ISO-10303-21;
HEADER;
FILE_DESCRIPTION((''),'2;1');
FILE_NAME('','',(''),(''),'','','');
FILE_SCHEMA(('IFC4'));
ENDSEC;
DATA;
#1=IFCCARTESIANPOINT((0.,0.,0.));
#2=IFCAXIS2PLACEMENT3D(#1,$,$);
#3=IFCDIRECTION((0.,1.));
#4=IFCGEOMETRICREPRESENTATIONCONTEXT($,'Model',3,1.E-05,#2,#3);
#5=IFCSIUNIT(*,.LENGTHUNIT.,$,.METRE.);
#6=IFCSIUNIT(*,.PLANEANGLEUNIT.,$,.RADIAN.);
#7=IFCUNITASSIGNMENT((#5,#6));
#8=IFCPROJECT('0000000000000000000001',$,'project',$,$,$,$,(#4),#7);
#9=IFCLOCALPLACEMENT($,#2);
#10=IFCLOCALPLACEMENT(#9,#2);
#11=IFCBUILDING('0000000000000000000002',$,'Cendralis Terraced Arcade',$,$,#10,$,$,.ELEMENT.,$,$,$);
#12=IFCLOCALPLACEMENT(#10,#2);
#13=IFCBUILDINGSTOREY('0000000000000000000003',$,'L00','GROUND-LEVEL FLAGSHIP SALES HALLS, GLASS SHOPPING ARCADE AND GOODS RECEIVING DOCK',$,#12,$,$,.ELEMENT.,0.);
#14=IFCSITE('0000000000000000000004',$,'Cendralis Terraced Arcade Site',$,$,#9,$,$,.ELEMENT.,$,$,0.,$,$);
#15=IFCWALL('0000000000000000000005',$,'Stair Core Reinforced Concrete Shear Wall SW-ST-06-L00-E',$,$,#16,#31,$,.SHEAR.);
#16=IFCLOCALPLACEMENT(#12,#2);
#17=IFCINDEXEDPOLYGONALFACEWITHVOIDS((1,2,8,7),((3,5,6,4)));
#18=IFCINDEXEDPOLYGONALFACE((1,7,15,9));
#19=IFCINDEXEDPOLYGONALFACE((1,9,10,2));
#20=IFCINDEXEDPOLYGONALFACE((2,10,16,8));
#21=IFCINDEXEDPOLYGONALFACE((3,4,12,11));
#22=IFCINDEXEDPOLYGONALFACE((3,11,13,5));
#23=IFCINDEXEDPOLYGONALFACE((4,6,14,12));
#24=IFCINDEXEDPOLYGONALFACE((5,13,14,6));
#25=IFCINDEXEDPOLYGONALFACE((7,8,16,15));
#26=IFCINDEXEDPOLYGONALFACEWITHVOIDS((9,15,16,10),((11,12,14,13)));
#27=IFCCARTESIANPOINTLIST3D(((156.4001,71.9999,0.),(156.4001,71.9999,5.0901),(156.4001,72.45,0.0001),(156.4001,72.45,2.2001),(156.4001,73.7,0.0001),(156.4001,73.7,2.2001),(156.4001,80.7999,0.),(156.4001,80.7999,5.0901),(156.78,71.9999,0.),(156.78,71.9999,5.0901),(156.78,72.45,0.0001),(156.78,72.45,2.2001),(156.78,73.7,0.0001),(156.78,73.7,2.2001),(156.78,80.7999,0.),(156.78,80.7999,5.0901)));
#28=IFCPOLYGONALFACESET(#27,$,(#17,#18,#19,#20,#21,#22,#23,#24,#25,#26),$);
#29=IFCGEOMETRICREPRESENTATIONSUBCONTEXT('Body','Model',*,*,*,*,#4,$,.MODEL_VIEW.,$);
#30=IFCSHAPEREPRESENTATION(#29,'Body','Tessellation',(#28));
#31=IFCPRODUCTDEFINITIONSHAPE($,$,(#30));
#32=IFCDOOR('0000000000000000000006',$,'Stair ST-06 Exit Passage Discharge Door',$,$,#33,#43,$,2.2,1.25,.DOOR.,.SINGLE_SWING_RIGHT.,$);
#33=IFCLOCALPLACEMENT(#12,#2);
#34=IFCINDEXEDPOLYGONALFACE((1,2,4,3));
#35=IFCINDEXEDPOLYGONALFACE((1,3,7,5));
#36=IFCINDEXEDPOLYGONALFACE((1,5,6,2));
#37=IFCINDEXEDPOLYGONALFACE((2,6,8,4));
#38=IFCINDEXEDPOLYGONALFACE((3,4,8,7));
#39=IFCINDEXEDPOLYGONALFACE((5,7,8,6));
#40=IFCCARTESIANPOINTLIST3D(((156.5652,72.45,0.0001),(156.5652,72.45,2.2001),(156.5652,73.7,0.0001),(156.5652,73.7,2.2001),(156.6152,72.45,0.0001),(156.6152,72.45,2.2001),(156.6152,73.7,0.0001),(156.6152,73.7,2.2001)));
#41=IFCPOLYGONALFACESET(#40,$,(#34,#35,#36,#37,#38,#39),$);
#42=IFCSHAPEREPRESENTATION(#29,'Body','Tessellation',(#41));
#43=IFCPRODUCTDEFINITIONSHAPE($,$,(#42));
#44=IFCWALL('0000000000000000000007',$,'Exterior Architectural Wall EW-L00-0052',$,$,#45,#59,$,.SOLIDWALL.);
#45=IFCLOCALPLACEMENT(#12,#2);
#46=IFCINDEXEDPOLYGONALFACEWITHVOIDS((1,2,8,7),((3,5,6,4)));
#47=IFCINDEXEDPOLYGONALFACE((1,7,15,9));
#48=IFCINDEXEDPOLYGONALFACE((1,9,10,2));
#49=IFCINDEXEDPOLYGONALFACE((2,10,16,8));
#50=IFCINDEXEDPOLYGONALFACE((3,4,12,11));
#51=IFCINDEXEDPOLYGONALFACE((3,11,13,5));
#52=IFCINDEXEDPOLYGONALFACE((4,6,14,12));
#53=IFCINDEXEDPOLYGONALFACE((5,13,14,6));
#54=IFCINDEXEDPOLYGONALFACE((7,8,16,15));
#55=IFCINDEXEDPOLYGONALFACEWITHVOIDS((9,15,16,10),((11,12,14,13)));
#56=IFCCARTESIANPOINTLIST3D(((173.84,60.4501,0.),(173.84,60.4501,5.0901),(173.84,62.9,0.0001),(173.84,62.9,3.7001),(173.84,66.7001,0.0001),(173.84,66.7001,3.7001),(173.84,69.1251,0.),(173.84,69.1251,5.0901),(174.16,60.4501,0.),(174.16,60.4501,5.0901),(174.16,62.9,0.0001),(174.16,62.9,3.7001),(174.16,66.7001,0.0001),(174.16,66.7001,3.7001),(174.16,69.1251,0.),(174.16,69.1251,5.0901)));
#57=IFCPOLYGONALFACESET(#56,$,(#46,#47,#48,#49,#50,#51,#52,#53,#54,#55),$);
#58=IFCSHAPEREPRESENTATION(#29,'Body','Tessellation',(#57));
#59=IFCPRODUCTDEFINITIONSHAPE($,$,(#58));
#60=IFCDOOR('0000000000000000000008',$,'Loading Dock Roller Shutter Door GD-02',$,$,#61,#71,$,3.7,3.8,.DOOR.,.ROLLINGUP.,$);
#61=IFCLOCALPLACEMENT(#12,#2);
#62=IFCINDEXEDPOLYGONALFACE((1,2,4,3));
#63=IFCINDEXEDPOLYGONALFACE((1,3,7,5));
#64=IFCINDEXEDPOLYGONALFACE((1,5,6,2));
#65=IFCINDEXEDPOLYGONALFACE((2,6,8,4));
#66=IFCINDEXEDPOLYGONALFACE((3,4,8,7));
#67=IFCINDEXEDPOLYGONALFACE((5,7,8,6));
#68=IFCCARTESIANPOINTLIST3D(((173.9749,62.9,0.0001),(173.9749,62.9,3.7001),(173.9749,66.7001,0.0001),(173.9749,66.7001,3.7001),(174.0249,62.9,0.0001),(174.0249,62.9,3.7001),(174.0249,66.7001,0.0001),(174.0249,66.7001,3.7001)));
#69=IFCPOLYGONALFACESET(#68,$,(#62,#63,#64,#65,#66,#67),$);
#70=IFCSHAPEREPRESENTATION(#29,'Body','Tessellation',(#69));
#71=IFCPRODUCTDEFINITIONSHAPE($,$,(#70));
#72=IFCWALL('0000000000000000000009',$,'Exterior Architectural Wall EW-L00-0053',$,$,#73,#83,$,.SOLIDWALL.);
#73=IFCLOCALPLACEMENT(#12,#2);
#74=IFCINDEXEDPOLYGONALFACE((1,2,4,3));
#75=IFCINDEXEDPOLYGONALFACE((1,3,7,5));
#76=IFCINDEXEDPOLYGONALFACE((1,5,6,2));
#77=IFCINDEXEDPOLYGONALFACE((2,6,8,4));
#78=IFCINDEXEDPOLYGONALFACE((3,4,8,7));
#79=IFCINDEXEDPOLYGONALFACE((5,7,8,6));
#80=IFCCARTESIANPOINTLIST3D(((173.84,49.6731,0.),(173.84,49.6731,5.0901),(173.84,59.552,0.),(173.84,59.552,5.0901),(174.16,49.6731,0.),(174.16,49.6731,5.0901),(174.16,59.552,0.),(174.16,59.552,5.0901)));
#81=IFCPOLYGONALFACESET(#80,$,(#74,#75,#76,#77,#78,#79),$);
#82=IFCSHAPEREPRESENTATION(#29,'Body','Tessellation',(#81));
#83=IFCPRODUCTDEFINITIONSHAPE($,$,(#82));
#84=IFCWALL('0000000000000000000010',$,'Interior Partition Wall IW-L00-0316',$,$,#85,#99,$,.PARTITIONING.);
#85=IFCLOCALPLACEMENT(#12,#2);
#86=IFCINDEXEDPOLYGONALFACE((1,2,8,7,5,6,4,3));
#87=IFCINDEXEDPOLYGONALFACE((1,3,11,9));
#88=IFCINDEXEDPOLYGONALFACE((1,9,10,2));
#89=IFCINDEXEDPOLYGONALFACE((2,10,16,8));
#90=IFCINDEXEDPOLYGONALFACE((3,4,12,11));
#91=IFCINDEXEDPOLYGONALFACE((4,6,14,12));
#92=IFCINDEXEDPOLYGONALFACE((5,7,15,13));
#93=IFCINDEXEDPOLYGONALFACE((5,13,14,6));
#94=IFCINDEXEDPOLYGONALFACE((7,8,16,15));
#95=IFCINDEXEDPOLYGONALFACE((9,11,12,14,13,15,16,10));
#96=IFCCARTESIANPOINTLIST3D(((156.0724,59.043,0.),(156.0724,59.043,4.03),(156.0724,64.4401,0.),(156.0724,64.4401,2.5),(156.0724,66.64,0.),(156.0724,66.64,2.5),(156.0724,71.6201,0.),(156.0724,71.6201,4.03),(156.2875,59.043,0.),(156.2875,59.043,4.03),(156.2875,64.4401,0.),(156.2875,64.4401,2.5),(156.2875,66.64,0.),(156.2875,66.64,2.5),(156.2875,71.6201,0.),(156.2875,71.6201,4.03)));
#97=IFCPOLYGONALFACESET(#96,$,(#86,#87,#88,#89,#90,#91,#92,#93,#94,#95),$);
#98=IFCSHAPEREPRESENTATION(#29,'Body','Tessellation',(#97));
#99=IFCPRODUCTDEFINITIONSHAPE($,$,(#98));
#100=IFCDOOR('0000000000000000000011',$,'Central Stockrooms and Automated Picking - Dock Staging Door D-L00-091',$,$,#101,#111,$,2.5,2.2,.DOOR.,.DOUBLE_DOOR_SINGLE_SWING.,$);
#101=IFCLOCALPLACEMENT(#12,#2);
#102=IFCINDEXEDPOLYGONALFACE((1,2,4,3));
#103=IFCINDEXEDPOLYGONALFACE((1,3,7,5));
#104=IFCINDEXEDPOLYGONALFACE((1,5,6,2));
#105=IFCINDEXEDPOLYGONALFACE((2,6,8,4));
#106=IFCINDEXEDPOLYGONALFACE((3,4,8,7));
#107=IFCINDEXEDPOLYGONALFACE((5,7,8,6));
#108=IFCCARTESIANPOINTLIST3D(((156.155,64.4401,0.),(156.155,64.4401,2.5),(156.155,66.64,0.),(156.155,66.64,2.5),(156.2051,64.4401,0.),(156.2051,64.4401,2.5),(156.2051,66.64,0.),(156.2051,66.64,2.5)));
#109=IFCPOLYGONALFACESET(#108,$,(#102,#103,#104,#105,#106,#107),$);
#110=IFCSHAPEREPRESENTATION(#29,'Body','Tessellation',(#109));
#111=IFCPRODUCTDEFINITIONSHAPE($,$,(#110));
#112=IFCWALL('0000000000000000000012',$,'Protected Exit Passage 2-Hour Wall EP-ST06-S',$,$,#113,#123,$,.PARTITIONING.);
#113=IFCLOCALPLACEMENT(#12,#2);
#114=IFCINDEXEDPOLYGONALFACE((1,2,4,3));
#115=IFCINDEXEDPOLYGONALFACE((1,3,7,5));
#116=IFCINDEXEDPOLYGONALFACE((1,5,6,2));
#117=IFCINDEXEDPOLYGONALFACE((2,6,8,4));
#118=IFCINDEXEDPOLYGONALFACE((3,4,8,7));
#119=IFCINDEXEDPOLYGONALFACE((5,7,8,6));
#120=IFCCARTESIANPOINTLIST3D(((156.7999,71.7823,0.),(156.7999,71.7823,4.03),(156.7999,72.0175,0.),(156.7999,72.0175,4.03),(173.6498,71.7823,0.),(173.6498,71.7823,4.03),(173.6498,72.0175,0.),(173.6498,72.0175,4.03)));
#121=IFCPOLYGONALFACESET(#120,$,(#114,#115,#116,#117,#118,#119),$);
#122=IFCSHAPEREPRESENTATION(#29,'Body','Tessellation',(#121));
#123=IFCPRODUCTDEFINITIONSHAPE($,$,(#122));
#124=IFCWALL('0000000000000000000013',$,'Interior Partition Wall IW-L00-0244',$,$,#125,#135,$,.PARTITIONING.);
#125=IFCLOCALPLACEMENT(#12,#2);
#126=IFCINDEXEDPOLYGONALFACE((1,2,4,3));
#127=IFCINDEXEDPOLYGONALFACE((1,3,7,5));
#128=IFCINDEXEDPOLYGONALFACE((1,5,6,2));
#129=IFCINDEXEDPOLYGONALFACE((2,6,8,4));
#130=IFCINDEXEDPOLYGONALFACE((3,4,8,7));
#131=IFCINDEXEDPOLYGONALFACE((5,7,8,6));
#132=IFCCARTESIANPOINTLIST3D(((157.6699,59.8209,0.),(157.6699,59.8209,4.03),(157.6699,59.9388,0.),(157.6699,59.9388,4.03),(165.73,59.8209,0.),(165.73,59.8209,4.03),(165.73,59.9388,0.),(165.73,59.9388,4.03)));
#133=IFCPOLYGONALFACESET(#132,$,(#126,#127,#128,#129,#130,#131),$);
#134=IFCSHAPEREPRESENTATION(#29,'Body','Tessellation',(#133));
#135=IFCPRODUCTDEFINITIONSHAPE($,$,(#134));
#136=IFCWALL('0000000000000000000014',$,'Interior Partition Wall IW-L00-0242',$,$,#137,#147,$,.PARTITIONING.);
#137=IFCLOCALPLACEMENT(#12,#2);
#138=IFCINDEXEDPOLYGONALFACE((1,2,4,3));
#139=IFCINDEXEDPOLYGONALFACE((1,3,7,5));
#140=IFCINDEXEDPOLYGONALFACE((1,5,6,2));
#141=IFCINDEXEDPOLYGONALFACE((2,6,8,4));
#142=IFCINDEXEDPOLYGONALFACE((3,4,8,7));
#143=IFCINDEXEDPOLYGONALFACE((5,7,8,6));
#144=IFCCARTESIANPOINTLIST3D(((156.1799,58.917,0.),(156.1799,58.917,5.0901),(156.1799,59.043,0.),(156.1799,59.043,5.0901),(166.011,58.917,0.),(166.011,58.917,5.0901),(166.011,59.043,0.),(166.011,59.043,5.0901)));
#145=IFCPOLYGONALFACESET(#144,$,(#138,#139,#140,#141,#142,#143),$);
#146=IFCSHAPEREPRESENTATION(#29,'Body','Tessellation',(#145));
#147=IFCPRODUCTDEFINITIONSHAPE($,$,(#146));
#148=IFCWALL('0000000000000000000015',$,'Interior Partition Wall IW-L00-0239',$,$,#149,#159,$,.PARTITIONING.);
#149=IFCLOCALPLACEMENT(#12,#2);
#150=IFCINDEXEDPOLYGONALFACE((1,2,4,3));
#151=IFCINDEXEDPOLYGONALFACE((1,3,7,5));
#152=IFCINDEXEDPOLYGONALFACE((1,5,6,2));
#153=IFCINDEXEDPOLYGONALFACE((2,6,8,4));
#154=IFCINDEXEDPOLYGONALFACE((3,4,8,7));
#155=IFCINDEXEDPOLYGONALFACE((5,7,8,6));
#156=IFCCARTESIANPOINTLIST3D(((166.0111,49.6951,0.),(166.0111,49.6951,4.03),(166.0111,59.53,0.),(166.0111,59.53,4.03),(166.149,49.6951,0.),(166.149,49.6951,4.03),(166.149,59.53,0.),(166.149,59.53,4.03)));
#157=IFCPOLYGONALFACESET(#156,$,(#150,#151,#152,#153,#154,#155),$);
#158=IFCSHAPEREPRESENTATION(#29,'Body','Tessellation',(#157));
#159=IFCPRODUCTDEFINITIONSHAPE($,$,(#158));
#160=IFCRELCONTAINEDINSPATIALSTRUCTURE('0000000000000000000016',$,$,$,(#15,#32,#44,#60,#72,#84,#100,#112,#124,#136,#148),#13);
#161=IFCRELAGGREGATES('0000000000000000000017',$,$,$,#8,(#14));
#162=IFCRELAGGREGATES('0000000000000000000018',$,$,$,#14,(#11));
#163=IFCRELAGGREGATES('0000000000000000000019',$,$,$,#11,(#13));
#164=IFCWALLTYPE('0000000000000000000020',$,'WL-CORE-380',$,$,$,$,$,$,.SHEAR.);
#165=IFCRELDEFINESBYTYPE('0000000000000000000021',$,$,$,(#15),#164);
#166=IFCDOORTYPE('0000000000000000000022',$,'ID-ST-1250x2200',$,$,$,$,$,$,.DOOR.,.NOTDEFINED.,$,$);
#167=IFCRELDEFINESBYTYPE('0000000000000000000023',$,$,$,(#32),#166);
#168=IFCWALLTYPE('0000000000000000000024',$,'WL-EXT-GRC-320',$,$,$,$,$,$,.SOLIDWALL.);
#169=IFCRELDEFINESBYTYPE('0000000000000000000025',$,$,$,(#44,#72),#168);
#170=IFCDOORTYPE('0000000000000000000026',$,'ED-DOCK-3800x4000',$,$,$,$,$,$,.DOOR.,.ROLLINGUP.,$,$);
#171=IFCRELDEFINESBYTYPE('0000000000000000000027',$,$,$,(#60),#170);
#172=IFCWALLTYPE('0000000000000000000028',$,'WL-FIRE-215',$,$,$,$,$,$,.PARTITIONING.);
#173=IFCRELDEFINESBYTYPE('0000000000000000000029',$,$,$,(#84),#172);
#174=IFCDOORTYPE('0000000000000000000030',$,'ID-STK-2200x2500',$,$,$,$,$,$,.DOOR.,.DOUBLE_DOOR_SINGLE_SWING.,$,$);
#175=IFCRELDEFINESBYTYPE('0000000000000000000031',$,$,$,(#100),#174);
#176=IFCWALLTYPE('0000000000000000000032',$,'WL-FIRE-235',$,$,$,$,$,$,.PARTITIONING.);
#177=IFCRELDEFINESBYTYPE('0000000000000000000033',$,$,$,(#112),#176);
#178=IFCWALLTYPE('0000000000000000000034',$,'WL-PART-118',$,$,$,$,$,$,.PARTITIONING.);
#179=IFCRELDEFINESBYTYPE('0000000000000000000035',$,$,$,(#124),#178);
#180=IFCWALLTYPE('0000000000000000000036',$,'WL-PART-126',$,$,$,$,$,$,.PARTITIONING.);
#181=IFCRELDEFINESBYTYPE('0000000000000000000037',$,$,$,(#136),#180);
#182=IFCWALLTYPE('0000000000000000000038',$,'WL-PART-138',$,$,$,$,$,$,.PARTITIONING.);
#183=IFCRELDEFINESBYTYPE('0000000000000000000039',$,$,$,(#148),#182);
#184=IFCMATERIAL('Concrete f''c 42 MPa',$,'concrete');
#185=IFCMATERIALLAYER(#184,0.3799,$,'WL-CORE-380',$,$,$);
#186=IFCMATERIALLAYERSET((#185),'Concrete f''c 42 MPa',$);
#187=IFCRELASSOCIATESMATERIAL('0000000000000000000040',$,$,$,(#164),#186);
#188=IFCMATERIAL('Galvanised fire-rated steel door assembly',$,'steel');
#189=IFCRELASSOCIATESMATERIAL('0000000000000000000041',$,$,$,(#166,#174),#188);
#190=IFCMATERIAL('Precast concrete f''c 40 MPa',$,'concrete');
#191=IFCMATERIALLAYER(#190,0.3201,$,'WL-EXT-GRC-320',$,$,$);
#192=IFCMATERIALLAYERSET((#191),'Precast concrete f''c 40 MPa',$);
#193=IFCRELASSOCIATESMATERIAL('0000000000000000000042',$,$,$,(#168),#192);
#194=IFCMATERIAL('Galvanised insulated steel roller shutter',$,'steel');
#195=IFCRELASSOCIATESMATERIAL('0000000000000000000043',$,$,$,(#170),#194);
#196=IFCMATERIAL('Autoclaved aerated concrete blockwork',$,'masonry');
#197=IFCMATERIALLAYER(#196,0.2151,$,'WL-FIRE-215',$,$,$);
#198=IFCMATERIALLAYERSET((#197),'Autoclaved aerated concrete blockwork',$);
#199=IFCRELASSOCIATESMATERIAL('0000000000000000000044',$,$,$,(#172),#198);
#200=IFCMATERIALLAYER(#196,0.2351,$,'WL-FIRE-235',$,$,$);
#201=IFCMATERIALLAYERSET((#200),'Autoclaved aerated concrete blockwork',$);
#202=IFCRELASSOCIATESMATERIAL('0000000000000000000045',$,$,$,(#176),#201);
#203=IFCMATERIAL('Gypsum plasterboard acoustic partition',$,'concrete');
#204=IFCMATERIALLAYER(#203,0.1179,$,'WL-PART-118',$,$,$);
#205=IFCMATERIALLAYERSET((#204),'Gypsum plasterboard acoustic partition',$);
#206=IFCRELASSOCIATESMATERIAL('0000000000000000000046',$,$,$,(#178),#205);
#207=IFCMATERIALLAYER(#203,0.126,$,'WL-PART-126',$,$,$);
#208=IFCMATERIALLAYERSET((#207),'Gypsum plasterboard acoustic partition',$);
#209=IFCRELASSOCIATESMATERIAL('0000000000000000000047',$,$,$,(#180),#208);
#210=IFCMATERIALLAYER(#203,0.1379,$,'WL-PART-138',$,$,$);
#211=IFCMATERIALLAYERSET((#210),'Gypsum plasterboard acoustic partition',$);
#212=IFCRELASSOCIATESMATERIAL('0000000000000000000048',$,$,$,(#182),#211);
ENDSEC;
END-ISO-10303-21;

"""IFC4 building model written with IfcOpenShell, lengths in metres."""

from ifc_helpers import new_model, si_unit, direction, frame, frame_2d, origin, place, context, subcontext, project, spatial, rectangle, extrude, material, layer, layer_set, type_object, element, fill, save


model = new_model("IFC4")

# Units and contexts
model_context = context("Model", 3, precision=1e-05, world=origin(), true_north=direction((0.0, 1.0)))
body_context = subcontext(model_context, "Body", "Model", "MODEL_VIEW")
ifc_project = project(units=[si_unit("LENGTHUNIT", "METRE"), si_unit("PLANEANGLEUNIT", "RADIAN")], contexts=[model_context])

# Site, building, storey
site_placement = place(None, origin())
site = spatial("IfcSite", under=ifc_project, at=site_placement, Name="Cendralis Terraced Arcade Site", CompositionType="ELEMENT", RefElevation=0.0)
building_placement = place(site_placement, origin())
building = spatial("IfcBuilding", under=site, at=building_placement, Name="Cendralis Terraced Arcade", CompositionType="ELEMENT")
storey_placement = place(building_placement, origin())
storey = spatial("IfcBuildingStorey", under=building, at=storey_placement, Name="L00", Description="GROUND-LEVEL FLAGSHIP SALES HALLS, GLASS SHOPPING ARCADE AND GOODS RECEIVING DOCK", CompositionType="ELEMENT", Elevation=0.0)

# Shared definitions
ifc_material_1 = material(Name="Concrete f'c 42 MPa", Category="concrete")

# Walls, openings, doors
ifc_layer_1 = layer(ifc_material_1, 0.3799, Name="WL-CORE-380")
ifc_layer_set_1 = layer_set([ifc_layer_1], Name="Concrete f'c 42 MPa")
wall_type_1 = type_object("IfcWallType", Name="WL-CORE-380", PredefinedType="SHEAR", material=ifc_layer_set_1)
wall_1_placement = place(storey_placement, frame((156.5901, 72.0, 0.0), z_axis=(0.0, 0.0, 1.0), x_axis=(0.0, 1.0, 0.0)))
wall_1 = element("IfcWall", 1, at=wall_1_placement, inside=storey, type_object=wall_type_1, Name="Stair Core Reinforced Concrete Shear Wall SW-ST-06-L00-E", PredefinedType="SHEAR", context=body_context, shape_type="SweptSolid", body=[
    extrude(rectangle(XDim=8.8, YDim=0.3799, at=frame_2d((4.3999, 0.0))), origin(), (0.0, 0.0, 1.0), 5.0901),
])
opening_1_placement = place(wall_1_placement, frame((0.45, 0.0, 0.0)))
opening_1 = element("IfcOpeningElement", 2, at=opening_1_placement, cuts=wall_1, PredefinedType="OPENING", context=body_context, shape_type="SweptSolid", body=[
    extrude(rectangle(XDim=1.25, YDim=2.2, at=frame_2d((0.625, 1.1001))), frame((0.0, 0.2019, 0.0), z_axis=(0.0, -1.0, 0.0), x_axis=(1.0, 0.0, 0.0)), (0.0, 0.0, 1.0), 0.4038),
])
ifc_material_2 = material(Name="Galvanised fire-rated steel door assembly", Category="steel")
door_type_1 = type_object("IfcDoorType", Name="ID-ST-1250x2200", OperationType="NOTDEFINED", PredefinedType="DOOR", material=ifc_material_2)
door_1_placement = place(opening_1_placement, origin())
door_1 = element("IfcDoor", 3, at=door_1_placement, inside=storey, type_object=door_type_1, Name="Stair ST-06 Exit Passage Discharge Door", OperationType="SINGLE_SWING_RIGHT", OverallHeight=2.2, OverallWidth=1.25, PredefinedType="DOOR", context=body_context, shape_type="SweptSolid", body=[
    extrude(rectangle(XDim=1.25, YDim=2.2, at=frame_2d((0.625, 1.1001))), frame((0.0, 0.0249, 0.0), z_axis=(0.0, -1.0, 0.0), x_axis=(1.0, 0.0, 0.0)), (0.0, 0.0, 1.0), 0.05),
])
fill(opening_1, door_1)
ifc_material_3 = material(Name="Precast concrete f'c 40 MPa", Category="concrete")
ifc_layer_2 = layer(ifc_material_3, 0.3201, Name="WL-EXT-GRC-320")
ifc_layer_set_2 = layer_set([ifc_layer_2], Name="Precast concrete f'c 40 MPa")
wall_type_2 = type_object("IfcWallType", Name="WL-EXT-GRC-320", PredefinedType="SOLIDWALL", material=ifc_layer_set_2)
wall_2_placement = place(storey_placement, frame((174.0, 69.125, 0.0), z_axis=(0.0, 0.0, 1.0), x_axis=(0.0, -1.0, 0.0)))
wall_2 = element("IfcWall", 4, at=wall_2_placement, inside=storey, type_object=wall_type_2, Name="Exterior Architectural Wall EW-L00-0052", PredefinedType="SOLIDWALL", context=body_context, shape_type="SweptSolid", body=[
    extrude(rectangle(XDim=8.675, YDim=0.3201, at=frame_2d((4.3374, 0.0))), origin(), (0.0, 0.0, 1.0), 5.0901),
])
opening_2_placement = place(wall_2_placement, frame((2.425, 0.0, 0.0)))
opening_2 = element("IfcOpeningElement", 5, at=opening_2_placement, cuts=wall_2, PredefinedType="OPENING", context=body_context, shape_type="SweptSolid", body=[
    extrude(rectangle(XDim=3.8, YDim=3.7, at=frame_2d((1.8999, 1.8501))), frame((0.0, 0.1719, 0.0), z_axis=(0.0, -1.0, 0.0), x_axis=(1.0, 0.0, 0.0)), (0.0, 0.0, 1.0), 0.344),
])
ifc_material_4 = material(Name="Galvanised insulated steel roller shutter", Category="steel")
door_type_2 = type_object("IfcDoorType", Name="ED-DOCK-3800x4000", OperationType="ROLLINGUP", PredefinedType="DOOR", material=ifc_material_4)
door_2_placement = place(opening_2_placement, origin())
door_2 = element("IfcDoor", 6, at=door_2_placement, inside=storey, type_object=door_type_2, Name="Loading Dock Roller Shutter Door GD-02", OperationType="ROLLINGUP", OverallHeight=3.7, OverallWidth=3.8, PredefinedType="DOOR", context=body_context, shape_type="SweptSolid", body=[
    extrude(rectangle(XDim=3.8, YDim=3.7, at=frame_2d((1.8999, 1.8501))), frame((0.0, 0.0249, 0.0), z_axis=(0.0, -1.0, 0.0), x_axis=(1.0, 0.0, 0.0)), (0.0, 0.0, 1.0), 0.05),
])
fill(opening_2, door_2)

# Wall
wall_3_placement = place(storey_placement, frame((174.0, 59.552, 0.0), z_axis=(0.0, 0.0, 1.0), x_axis=(0.0, -1.0, 0.0)))
element("IfcWall", 7, at=wall_3_placement, inside=storey, type_object=wall_type_2, Name="Exterior Architectural Wall EW-L00-0053", PredefinedType="SOLIDWALL", context=body_context, shape_type="SweptSolid", body=[
    extrude(rectangle(XDim=9.8789, YDim=0.3201, at=frame_2d((4.9395, 0.0))), origin(), (0.0, 0.0, 1.0), 5.0901),
])

# Wall, opening, door
ifc_material_5 = material(Name="Autoclaved aerated concrete blockwork", Category="masonry")
ifc_layer_3 = layer(ifc_material_5, 0.2151, Name="WL-FIRE-215")
ifc_layer_set_3 = layer_set([ifc_layer_3], Name="Autoclaved aerated concrete blockwork")
wall_type_3 = type_object("IfcWallType", Name="WL-FIRE-215", PredefinedType="PARTITIONING", material=ifc_layer_set_3)
wall_4_placement = place(storey_placement, frame((156.1799, 59.043, 0.0), z_axis=(0.0, 0.0, 1.0), x_axis=(0.0, 1.0, 0.0)))
wall_4 = element("IfcWall", 8, at=wall_4_placement, inside=storey, type_object=wall_type_3, Name="Interior Partition Wall IW-L00-0316", PredefinedType="PARTITIONING", context=body_context, shape_type="SweptSolid", body=[
    extrude(rectangle(XDim=12.5771, YDim=0.2151, at=frame_2d((6.2886, 0.0))), origin(), (0.0, 0.0, 1.0), 4.03),
])
opening_3_placement = place(wall_4_placement, frame((5.397, 0.0, 0.0)))
opening_3 = element("IfcOpeningElement", 9, at=opening_3_placement, cuts=wall_4, PredefinedType="OPENING", context=body_context, shape_type="SweptSolid", body=[
    extrude(rectangle(XDim=2.2, YDim=2.5, at=frame_2d((1.1001, 1.25))), frame((0.0, 0.1196, 0.0), z_axis=(0.0, -1.0, 0.0), x_axis=(1.0, 0.0, 0.0)), (0.0, 0.0, 1.0), 0.239),
])
door_type_3 = type_object("IfcDoorType", Name="ID-STK-2200x2500", OperationType="DOUBLE_DOOR_SINGLE_SWING", PredefinedType="DOOR", material=ifc_material_2)
door_3_placement = place(opening_3_placement, origin())
door_3 = element("IfcDoor", 10, at=door_3_placement, inside=storey, type_object=door_type_3, Name="Central Stockrooms and Automated Picking - Dock Staging Door D-L00-091", OperationType="DOUBLE_DOOR_SINGLE_SWING", OverallHeight=2.5, OverallWidth=2.2, PredefinedType="DOOR", context=body_context, shape_type="SweptSolid", body=[
    extrude(rectangle(XDim=2.2, YDim=2.5, at=frame_2d((1.1001, 1.25))), frame((0.0, 0.0249, 0.0), z_axis=(0.0, -1.0, 0.0), x_axis=(1.0, 0.0, 0.0)), (0.0, 0.0, 1.0), 0.05),
])
fill(opening_3, door_3)

# Walls
ifc_layer_4 = layer(ifc_material_5, 0.2351, Name="WL-FIRE-235")
ifc_layer_set_4 = layer_set([ifc_layer_4], Name="Autoclaved aerated concrete blockwork")
wall_type_4 = type_object("IfcWallType", Name="WL-FIRE-235", PredefinedType="PARTITIONING", material=ifc_layer_set_4)
wall_5_placement = place(storey_placement, frame((156.8, 71.8999, 0.0), z_axis=(0.0, 0.0, 1.0), x_axis=(1.0, 0.0, 0.0)))
element("IfcWall", 11, at=wall_5_placement, inside=storey, type_object=wall_type_4, Name="Protected Exit Passage 2-Hour Wall EP-ST06-S", PredefinedType="PARTITIONING", context=body_context, shape_type="SweptSolid", body=[
    extrude(rectangle(XDim=16.8499, YDim=0.2351, at=frame_2d((8.4248, 0.0))), origin(), (0.0, 0.0, 1.0), 4.03),
])
ifc_material_6 = material(Name="Gypsum plasterboard acoustic partition", Category="concrete")
ifc_layer_5 = layer(ifc_material_6, 0.1179, Name="WL-PART-118")
ifc_layer_set_5 = layer_set([ifc_layer_5], Name="Gypsum plasterboard acoustic partition")
wall_type_5 = type_object("IfcWallType", Name="WL-PART-118", PredefinedType="PARTITIONING", material=ifc_layer_set_5)
wall_6_placement = place(storey_placement, frame((157.6699, 59.8799, 0.0), z_axis=(0.0, 0.0, 1.0), x_axis=(1.0, 0.0, 0.0)))
element("IfcWall", 12, at=wall_6_placement, inside=storey, type_object=wall_type_5, Name="Interior Partition Wall IW-L00-0244", PredefinedType="PARTITIONING", context=body_context, shape_type="SweptSolid", body=[
    extrude(rectangle(XDim=8.0601, YDim=0.1179, at=frame_2d((4.03, 0.0))), origin(), (0.0, 0.0, 1.0), 4.03),
])
ifc_layer_6 = layer(ifc_material_6, 0.126, Name="WL-PART-126")
ifc_layer_set_6 = layer_set([ifc_layer_6], Name="Gypsum plasterboard acoustic partition")
wall_type_6 = type_object("IfcWallType", Name="WL-PART-126", PredefinedType="PARTITIONING", material=ifc_layer_set_6)
wall_7_placement = place(storey_placement, frame((166.011, 58.98, 0.0), z_axis=(0.0, 0.0, 1.0), x_axis=(-1.0, 0.0, 0.0)))
element("IfcWall", 13, at=wall_7_placement, inside=storey, type_object=wall_type_6, Name="Interior Partition Wall IW-L00-0242", PredefinedType="PARTITIONING", context=body_context, shape_type="SweptSolid", body=[
    extrude(rectangle(XDim=9.8311, YDim=0.126, at=frame_2d((4.9155, 0.0))), origin(), (0.0, 0.0, 1.0), 5.0901),
])
ifc_layer_7 = layer(ifc_material_6, 0.1379, Name="WL-PART-138")
ifc_layer_set_7 = layer_set([ifc_layer_7], Name="Gypsum plasterboard acoustic partition")
wall_type_7 = type_object("IfcWallType", Name="WL-PART-138", PredefinedType="PARTITIONING", material=ifc_layer_set_7)
wall_8_placement = place(storey_placement, frame((166.0801, 59.53, 0.0), z_axis=(0.0, 0.0, 1.0), x_axis=(0.0, -1.0, 0.0)))
element("IfcWall", 14, at=wall_8_placement, inside=storey, type_object=wall_type_7, Name="Interior Partition Wall IW-L00-0239", PredefinedType="PARTITIONING", context=body_context, shape_type="SweptSolid", body=[
    extrude(rectangle(XDim=9.835, YDim=0.1379, at=frame_2d((4.9175, 0.0))), origin(), (0.0, 0.0, 1.0), 4.03),
])

save(model, "model.ifc")
